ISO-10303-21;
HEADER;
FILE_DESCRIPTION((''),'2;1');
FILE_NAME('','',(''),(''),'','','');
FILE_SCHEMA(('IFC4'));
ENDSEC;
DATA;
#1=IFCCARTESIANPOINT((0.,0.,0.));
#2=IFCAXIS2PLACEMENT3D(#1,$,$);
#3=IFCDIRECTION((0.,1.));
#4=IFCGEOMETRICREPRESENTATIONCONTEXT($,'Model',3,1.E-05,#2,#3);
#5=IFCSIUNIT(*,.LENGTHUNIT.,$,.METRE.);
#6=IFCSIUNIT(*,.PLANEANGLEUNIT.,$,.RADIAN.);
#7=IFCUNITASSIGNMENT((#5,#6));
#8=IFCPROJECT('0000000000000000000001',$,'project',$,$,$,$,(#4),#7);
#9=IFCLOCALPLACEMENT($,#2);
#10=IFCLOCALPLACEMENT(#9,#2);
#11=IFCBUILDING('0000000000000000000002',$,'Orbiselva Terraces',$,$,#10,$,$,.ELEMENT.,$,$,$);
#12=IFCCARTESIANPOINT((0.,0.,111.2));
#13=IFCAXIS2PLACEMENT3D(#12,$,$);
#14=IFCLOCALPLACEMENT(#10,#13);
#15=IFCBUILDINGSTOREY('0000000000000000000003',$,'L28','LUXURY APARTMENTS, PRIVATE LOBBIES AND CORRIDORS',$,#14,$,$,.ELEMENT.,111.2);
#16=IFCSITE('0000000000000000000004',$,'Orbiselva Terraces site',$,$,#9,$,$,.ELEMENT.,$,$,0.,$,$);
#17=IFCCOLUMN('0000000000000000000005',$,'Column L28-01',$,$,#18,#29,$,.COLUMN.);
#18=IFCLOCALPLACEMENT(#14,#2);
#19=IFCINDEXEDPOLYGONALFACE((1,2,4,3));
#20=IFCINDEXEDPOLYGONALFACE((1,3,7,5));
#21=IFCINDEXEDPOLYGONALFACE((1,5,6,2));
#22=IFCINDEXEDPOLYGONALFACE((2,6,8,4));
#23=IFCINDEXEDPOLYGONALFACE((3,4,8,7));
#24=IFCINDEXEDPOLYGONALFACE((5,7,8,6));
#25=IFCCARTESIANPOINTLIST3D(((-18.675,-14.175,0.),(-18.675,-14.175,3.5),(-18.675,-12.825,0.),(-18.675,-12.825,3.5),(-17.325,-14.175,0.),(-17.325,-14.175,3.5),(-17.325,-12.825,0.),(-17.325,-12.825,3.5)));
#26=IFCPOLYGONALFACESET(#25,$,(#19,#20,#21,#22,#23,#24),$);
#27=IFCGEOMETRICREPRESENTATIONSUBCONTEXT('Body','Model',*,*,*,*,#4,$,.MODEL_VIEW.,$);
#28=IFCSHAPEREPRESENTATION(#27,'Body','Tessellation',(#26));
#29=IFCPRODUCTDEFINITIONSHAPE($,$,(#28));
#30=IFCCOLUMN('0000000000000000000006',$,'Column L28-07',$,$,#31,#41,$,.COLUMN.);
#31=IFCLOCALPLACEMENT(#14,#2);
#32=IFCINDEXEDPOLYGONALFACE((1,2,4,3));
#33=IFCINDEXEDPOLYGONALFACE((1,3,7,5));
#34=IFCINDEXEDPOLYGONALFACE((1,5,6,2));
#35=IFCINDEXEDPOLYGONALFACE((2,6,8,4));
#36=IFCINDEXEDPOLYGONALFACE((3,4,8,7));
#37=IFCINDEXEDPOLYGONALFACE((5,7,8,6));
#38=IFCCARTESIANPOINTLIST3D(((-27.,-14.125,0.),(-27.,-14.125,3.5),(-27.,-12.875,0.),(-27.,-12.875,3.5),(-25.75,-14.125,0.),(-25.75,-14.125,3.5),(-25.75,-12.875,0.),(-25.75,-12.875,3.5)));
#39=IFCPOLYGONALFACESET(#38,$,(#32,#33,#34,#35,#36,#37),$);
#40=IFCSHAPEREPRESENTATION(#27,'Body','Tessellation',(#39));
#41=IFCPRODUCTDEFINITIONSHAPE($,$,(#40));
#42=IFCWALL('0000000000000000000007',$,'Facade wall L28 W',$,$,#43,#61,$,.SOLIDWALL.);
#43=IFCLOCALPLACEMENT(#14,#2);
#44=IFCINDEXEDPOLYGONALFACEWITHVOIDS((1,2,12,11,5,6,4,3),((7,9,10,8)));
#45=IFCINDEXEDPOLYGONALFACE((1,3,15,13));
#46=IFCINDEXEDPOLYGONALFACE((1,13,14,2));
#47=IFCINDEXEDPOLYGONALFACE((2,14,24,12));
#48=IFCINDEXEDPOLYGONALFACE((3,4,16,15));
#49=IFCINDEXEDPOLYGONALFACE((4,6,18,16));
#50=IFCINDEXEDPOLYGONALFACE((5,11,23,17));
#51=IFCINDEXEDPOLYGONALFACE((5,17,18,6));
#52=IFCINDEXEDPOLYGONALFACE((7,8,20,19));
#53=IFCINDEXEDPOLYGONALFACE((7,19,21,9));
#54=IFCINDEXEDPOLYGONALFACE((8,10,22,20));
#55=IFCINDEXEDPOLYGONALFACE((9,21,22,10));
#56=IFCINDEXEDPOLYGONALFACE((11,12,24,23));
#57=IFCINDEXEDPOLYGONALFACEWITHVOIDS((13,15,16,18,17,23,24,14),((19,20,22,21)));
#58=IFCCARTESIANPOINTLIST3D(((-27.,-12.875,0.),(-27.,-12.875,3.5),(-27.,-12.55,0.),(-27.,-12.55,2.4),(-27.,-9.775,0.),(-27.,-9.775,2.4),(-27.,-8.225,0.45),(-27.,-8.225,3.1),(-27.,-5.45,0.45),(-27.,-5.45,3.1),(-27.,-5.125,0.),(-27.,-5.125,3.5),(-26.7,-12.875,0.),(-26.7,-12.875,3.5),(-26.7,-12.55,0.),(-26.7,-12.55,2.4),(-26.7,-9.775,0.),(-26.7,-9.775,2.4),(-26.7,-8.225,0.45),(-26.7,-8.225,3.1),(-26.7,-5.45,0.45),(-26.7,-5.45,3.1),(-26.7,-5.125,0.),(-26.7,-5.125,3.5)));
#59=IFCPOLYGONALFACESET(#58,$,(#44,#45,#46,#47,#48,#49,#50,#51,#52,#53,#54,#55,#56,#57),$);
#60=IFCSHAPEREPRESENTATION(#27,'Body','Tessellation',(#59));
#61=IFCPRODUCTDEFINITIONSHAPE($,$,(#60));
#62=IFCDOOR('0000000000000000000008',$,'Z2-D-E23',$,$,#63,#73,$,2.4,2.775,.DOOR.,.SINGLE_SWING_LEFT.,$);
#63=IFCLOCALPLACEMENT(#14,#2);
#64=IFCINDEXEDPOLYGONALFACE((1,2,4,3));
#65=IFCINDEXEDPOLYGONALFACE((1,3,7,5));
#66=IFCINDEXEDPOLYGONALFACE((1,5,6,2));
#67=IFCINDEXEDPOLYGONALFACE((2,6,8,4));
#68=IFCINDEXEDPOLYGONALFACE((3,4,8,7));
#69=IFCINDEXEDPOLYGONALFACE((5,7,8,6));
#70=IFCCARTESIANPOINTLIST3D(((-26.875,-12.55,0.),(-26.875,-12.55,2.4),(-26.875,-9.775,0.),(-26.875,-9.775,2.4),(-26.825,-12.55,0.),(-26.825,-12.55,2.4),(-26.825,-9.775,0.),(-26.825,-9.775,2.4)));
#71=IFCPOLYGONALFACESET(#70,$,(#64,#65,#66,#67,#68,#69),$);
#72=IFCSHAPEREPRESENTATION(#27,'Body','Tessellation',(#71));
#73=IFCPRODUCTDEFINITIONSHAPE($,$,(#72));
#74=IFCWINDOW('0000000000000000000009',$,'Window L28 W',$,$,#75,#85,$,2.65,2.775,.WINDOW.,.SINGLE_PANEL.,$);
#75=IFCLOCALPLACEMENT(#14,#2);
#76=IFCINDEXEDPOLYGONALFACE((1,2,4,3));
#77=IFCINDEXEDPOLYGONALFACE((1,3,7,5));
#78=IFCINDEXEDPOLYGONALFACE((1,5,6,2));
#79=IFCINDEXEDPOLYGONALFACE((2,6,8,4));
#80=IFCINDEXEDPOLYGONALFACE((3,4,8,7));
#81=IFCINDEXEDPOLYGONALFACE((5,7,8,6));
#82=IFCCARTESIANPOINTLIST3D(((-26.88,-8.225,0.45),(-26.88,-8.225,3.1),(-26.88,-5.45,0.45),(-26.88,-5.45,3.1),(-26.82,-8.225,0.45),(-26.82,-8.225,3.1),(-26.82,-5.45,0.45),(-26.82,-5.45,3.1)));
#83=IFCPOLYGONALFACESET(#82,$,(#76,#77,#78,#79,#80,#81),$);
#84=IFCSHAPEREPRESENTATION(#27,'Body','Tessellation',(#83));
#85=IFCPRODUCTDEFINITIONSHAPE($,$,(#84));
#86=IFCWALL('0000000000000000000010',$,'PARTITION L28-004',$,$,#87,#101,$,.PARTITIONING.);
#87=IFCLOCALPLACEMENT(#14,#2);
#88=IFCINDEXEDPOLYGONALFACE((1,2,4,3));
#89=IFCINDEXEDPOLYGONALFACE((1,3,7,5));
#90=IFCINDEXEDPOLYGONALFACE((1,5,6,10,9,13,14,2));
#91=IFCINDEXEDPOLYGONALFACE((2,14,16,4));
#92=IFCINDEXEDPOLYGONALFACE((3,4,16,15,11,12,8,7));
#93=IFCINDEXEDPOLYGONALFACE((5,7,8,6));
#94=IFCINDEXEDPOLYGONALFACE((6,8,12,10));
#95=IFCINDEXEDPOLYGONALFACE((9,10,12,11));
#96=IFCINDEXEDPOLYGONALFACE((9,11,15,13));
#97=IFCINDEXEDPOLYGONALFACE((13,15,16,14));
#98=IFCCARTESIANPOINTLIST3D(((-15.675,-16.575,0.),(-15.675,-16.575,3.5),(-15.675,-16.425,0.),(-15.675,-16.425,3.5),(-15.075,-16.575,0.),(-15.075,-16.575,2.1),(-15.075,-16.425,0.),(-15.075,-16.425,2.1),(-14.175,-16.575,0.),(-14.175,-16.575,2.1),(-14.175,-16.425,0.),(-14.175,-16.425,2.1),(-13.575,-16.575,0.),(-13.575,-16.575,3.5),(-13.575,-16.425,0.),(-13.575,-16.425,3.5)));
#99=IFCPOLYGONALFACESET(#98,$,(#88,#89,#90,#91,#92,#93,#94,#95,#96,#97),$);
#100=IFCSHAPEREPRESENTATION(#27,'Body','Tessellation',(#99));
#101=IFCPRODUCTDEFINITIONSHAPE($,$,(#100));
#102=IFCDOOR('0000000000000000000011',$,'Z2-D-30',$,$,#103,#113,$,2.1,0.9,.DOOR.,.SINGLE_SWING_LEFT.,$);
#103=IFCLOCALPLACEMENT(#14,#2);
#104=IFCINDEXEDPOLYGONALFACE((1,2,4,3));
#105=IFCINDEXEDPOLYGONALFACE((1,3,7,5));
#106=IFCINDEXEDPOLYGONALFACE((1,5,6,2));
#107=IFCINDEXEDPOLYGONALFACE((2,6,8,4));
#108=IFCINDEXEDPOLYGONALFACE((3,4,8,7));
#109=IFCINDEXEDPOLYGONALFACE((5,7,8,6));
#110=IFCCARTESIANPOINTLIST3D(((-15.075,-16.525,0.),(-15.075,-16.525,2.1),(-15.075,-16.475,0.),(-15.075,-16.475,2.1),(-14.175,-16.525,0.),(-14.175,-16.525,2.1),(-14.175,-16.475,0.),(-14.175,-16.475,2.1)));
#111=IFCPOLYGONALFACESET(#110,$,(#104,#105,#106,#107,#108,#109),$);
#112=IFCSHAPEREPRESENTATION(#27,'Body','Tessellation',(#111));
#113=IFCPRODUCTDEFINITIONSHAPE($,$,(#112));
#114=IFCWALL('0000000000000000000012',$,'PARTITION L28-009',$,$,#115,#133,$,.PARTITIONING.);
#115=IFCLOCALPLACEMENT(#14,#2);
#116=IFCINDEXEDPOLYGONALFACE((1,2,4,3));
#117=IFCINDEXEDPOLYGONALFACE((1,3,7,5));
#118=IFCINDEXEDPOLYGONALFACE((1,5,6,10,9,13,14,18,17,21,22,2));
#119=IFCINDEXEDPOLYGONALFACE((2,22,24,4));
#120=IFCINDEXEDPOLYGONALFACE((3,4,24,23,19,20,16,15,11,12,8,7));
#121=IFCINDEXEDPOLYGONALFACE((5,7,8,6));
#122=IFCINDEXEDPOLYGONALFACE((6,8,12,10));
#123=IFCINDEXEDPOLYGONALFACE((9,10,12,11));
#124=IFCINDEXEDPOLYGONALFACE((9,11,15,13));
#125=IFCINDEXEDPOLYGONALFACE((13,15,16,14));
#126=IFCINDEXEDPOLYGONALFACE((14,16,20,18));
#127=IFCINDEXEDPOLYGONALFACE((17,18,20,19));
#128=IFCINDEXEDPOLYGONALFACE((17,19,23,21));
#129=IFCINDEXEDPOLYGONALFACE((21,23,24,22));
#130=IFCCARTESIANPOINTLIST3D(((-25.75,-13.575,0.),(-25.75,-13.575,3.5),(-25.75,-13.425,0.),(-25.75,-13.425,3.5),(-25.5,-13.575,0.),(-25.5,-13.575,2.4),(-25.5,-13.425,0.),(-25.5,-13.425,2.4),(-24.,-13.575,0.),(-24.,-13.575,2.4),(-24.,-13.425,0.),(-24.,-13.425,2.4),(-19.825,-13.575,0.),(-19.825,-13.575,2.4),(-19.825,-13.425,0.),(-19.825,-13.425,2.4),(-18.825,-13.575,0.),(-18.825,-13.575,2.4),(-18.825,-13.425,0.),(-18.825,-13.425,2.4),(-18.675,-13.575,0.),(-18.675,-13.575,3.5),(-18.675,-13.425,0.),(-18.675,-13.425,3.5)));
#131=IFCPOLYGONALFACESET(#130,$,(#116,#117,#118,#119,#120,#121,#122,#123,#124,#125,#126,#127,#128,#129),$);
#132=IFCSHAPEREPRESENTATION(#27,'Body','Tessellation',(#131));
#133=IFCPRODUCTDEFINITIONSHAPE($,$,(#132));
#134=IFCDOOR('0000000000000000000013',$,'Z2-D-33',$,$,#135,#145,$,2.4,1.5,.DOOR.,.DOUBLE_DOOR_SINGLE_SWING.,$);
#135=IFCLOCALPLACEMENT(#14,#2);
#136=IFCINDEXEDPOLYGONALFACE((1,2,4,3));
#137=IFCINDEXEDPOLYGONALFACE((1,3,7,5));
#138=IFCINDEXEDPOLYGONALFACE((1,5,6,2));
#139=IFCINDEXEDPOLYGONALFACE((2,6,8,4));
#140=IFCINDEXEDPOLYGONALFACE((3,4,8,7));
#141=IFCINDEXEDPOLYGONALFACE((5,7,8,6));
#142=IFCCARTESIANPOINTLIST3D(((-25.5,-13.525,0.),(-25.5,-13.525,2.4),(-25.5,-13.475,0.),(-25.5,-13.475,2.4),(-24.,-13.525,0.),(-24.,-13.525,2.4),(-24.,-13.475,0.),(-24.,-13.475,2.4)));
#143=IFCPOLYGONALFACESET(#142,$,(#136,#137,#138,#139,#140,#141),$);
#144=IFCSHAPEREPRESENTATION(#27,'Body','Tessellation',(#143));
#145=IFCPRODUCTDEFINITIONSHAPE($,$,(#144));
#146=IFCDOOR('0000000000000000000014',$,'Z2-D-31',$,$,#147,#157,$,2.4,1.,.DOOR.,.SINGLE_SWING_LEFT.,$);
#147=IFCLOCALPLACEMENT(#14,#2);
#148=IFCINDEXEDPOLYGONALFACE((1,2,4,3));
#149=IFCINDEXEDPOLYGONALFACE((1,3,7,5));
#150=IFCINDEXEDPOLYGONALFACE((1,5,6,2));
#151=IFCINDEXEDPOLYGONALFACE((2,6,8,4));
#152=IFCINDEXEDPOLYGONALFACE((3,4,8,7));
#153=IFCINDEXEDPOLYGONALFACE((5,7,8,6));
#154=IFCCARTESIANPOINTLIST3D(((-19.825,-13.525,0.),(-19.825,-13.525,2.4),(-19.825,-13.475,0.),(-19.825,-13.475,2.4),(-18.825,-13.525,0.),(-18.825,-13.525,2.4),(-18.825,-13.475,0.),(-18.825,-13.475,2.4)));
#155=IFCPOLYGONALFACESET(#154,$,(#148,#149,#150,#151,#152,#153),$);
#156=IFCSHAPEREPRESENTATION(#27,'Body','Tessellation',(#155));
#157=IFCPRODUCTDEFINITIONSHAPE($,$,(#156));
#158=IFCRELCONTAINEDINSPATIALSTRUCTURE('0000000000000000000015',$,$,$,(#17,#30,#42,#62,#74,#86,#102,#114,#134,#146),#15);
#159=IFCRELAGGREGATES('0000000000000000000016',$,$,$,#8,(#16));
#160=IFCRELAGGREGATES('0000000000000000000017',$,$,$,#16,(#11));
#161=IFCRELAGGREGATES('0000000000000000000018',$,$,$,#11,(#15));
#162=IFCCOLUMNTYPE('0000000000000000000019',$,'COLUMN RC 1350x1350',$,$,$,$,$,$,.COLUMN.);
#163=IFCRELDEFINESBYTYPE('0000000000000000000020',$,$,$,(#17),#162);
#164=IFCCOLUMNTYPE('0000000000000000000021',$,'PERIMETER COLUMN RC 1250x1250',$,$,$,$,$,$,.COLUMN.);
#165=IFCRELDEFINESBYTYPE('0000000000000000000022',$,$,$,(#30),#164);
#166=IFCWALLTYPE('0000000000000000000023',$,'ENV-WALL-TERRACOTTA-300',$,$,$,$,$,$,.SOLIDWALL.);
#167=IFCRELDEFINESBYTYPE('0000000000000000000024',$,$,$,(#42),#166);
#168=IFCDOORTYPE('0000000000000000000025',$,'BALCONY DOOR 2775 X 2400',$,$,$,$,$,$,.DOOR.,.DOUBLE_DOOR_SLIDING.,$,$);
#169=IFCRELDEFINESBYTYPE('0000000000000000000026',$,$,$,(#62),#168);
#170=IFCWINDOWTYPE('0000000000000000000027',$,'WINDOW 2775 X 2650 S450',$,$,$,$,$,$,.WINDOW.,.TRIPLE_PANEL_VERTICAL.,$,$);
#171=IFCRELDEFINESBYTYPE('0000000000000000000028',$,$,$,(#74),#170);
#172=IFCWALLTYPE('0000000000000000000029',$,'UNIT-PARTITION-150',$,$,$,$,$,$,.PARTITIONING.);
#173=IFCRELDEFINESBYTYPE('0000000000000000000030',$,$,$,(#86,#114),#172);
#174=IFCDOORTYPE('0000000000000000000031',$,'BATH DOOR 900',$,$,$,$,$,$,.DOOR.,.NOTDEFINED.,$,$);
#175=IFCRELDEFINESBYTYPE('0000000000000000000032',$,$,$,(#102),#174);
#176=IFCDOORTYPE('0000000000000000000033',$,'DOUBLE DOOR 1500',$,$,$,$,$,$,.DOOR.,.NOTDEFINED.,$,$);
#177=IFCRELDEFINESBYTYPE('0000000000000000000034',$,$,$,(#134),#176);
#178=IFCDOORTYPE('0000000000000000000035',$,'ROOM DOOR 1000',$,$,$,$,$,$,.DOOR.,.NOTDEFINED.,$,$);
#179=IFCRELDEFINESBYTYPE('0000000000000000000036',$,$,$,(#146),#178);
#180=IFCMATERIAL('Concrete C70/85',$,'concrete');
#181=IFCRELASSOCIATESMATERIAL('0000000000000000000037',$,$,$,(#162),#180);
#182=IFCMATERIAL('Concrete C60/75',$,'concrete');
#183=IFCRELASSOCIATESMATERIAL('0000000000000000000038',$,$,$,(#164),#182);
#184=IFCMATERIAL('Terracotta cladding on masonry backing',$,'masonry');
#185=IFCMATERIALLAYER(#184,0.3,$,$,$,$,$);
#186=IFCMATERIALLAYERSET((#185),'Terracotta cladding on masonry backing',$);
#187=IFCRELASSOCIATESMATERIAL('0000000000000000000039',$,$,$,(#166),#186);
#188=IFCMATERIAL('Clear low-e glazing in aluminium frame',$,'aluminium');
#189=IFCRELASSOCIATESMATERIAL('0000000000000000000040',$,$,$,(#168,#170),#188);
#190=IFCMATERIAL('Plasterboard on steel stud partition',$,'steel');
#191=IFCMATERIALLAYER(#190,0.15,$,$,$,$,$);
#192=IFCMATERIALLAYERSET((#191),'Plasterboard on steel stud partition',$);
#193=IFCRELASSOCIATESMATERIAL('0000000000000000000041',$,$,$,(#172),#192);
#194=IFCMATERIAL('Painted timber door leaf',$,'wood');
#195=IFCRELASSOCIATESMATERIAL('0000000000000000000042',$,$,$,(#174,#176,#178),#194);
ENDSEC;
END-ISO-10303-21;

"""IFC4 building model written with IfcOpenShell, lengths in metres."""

from ifc_helpers import new_model, si_unit, direction, frame, frame_2d, origin, origin_2d, place, context, subcontext, project, spatial, rectangle, extrude, material, layer, layer_set, material_profile, profile_set, type_object, element, fill, save


model = new_model("IFC4")

# Units and contexts
model_context = context("Model", 3, precision=1e-05, world=origin(), true_north=direction((0.0, 1.0)))
body_context = subcontext(model_context, "Body", "Model", "MODEL_VIEW")
ifc_project = project(units=[si_unit("LENGTHUNIT", "METRE"), si_unit("PLANEANGLEUNIT", "RADIAN")], contexts=[model_context])

# Site, building, storey
site_placement = place(None, origin())
site = spatial("IfcSite", under=ifc_project, at=site_placement, Name="Orbiselva Terraces site", CompositionType="ELEMENT", RefElevation=0.0)
building_placement = place(site_placement, origin())
building = spatial("IfcBuilding", under=site, at=building_placement, Name="Orbiselva Terraces", CompositionType="ELEMENT")
storey_placement = place(building_placement, frame((0.0, 0.0, 111.2)))
storey = spatial("IfcBuildingStorey", under=building, at=storey_placement, Name="L28", Description="LUXURY APARTMENTS, PRIVATE LOBBIES AND CORRIDORS", CompositionType="ELEMENT", Elevation=111.2)

# Columns
ifc_material_1 = material(Name="Concrete C70/85", Category="concrete")
ifc_material_profile_1 = material_profile(ifc_material_1, rectangle(XDim=1.35, YDim=1.35, at=origin_2d()), Name="RC 1350x1350")
ifc_profile_set_1 = profile_set([ifc_material_profile_1], Name="Concrete C70/85")
column_type_1 = type_object("IfcColumnType", Name="COLUMN RC 1350x1350", PredefinedType="COLUMN", material=ifc_profile_set_1)
column_1_placement = place(storey_placement, frame((-18.0, -13.5, 0.0), z_axis=(0.0, 0.0, 1.0), x_axis=(1.0, 0.0, 0.0)))
element("IfcColumn", 1, at=column_1_placement, inside=storey, type_object=column_type_1, Name="Column L28-01", PredefinedType="COLUMN", context=body_context, shape_type="SweptSolid", body=[
    extrude(rectangle(XDim=1.35, YDim=1.35, at=origin_2d()), origin(), (0.0, 0.0, 1.0), 3.5),
])
ifc_material_2 = material(Name="Concrete C60/75", Category="concrete")
ifc_material_profile_2 = material_profile(ifc_material_2, rectangle(XDim=1.25, YDim=1.25, at=origin_2d()), Name="RC 1250x1250")
ifc_profile_set_2 = profile_set([ifc_material_profile_2], Name="Concrete C60/75")
column_type_2 = type_object("IfcColumnType", Name="PERIMETER COLUMN RC 1250x1250", PredefinedType="COLUMN", material=ifc_profile_set_2)
column_2_placement = place(storey_placement, frame((-26.375, -13.5, 0.0), z_axis=(0.0, 0.0, 1.0), x_axis=(1.0, 0.0, 0.0)))
element("IfcColumn", 2, at=column_2_placement, inside=storey, type_object=column_type_2, Name="Column L28-07", PredefinedType="COLUMN", context=body_context, shape_type="SweptSolid", body=[
    extrude(rectangle(XDim=1.25, YDim=1.25, at=origin_2d()), origin(), (0.0, 0.0, 1.0), 3.5),
])

# Wall, openings, door, window
ifc_material_3 = material(Name="Terracotta cladding on masonry backing", Category="masonry")
ifc_layer_1 = layer(ifc_material_3, 0.3)
ifc_layer_set_1 = layer_set([ifc_layer_1], Name="Terracotta cladding on masonry backing")
wall_type_1 = type_object("IfcWallType", Name="ENV-WALL-TERRACOTTA-300", PredefinedType="SOLIDWALL", material=ifc_layer_set_1)
wall_1_placement = place(storey_placement, frame((-26.85, -12.875, 0.0), z_axis=(0.0, 0.0, 1.0), x_axis=(0.0, 1.0, 0.0)))
wall_1 = element("IfcWall", 3, at=wall_1_placement, inside=storey, type_object=wall_type_1, Name="Facade wall L28 W", PredefinedType="SOLIDWALL", context=body_context, shape_type="SweptSolid", body=[
    extrude(rectangle(XDim=7.75, YDim=0.3, at=frame_2d((3.875, 0.0))), origin(), (0.0, 0.0, 1.0), 3.5),
])
opening_1_placement = place(wall_1_placement, frame((4.65, 0.0, 0.45)))
opening_1 = element("IfcOpeningElement", 4, at=opening_1_placement, cuts=wall_1, PredefinedType="OPENING", context=body_context, shape_type="SweptSolid", body=[
    extrude(rectangle(XDim=2.775, YDim=2.65, at=frame_2d((1.3875, 1.325))), frame((0.0, 0.16, 0.0), z_axis=(0.0, -1.0, 0.0), x_axis=(1.0, 0.0, 0.0)), (0.0, 0.0, 1.0), 0.32),
])
opening_2_placement = place(wall_1_placement, frame((0.325, 0.0, 0.0)))
opening_2 = element("IfcOpeningElement", 5, at=opening_2_placement, cuts=wall_1, PredefinedType="OPENING", context=body_context, shape_type="SweptSolid", body=[
    extrude(rectangle(XDim=2.775, YDim=2.4, at=frame_2d((1.3875, 1.2))), frame((0.0, 0.16, 0.0), z_axis=(0.0, -1.0, 0.0), x_axis=(1.0, 0.0, 0.0)), (0.0, 0.0, 1.0), 0.32),
])
ifc_material_4 = material(Name="Clear low-e glazing in aluminium frame", Category="aluminium")
door_type_1 = type_object("IfcDoorType", Name="BALCONY DOOR 2775 X 2400", OperationType="DOUBLE_DOOR_SLIDING", PredefinedType="DOOR", material=ifc_material_4)
door_1_placement = place(opening_2_placement, origin())
door_1 = element("IfcDoor", 6, at=door_1_placement, inside=storey, type_object=door_type_1, Name="Z2-D-E23", OperationType="SINGLE_SWING_LEFT", OverallHeight=2.4, OverallWidth=2.775, PredefinedType="DOOR", context=body_context, shape_type="SweptSolid", body=[
    extrude(rectangle(XDim=2.775, YDim=2.4, at=frame_2d((1.3875, 1.2))), frame((0.0, 0.025, 0.0), z_axis=(0.0, -1.0, 0.0), x_axis=(1.0, 0.0, 0.0)), (0.0, 0.0, 1.0), 0.05),
])
fill(opening_2, door_1)
window_type = type_object("IfcWindowType", Name="WINDOW 2775 X 2650 S450", PartitioningType="TRIPLE_PANEL_VERTICAL", PredefinedType="WINDOW", material=ifc_material_4)
window_placement = place(opening_1_placement, origin())
window = element("IfcWindow", 7, at=window_placement, inside=storey, type_object=window_type, Name="Window L28 W", OverallHeight=2.65, OverallWidth=2.775, PartitioningType="SINGLE_PANEL", PredefinedType="WINDOW", context=body_context, shape_type="SweptSolid", body=[
    extrude(rectangle(XDim=2.775, YDim=2.65, at=frame_2d((1.3875, 1.325))), frame((0.0, 0.03, 0.0), z_axis=(0.0, -1.0, 0.0), x_axis=(1.0, 0.0, 0.0)), (0.0, 0.0, 1.0), 0.06),
])
fill(opening_1, window)

# Wall, opening, door
ifc_material_5 = material(Name="Plasterboard on steel stud partition", Category="steel")
ifc_layer_2 = layer(ifc_material_5, 0.15)
ifc_layer_set_2 = layer_set([ifc_layer_2], Name="Plasterboard on steel stud partition")
wall_type_2 = type_object("IfcWallType", Name="UNIT-PARTITION-150", PredefinedType="PARTITIONING", material=ifc_layer_set_2)
wall_2_placement = place(storey_placement, frame((-15.675, -16.5, 0.0), z_axis=(0.0, 0.0, 1.0), x_axis=(1.0, 0.0, 0.0)))
wall_2 = element("IfcWall", 8, at=wall_2_placement, inside=storey, type_object=wall_type_2, Name="PARTITION L28-004", PredefinedType="PARTITIONING", context=body_context, shape_type="SweptSolid", body=[
    extrude(rectangle(XDim=2.1, YDim=0.15, at=frame_2d((1.05, 0.0))), origin(), (0.0, 0.0, 1.0), 3.5),
])
opening_3_placement = place(wall_2_placement, frame((0.6, 0.0, 0.0)))
opening_3 = element("IfcOpeningElement", 9, at=opening_3_placement, cuts=wall_2, PredefinedType="OPENING", context=body_context, shape_type="SweptSolid", body=[
    extrude(rectangle(XDim=0.9, YDim=2.1, at=frame_2d((0.45, 1.05))), frame((0.0, 0.085, 0.0), z_axis=(0.0, -1.0, 0.0), x_axis=(1.0, 0.0, 0.0)), (0.0, 0.0, 1.0), 0.17),
])
ifc_material_6 = material(Name="Painted timber door leaf", Category="wood")
door_type_2 = type_object("IfcDoorType", Name="BATH DOOR 900", OperationType="NOTDEFINED", PredefinedType="DOOR", material=ifc_material_6)
door_2_placement = place(opening_3_placement, origin())
door_2 = element("IfcDoor", 10, at=door_2_placement, inside=storey, type_object=door_type_2, Name="Z2-D-30", OperationType="SINGLE_SWING_LEFT", OverallHeight=2.1, OverallWidth=0.9, PredefinedType="DOOR", context=body_context, shape_type="SweptSolid", body=[
    extrude(rectangle(XDim=0.9, YDim=2.1, at=frame_2d((0.45, 1.05))), frame((0.0, 0.025, 0.0), z_axis=(0.0, -1.0, 0.0), x_axis=(1.0, 0.0, 0.0)), (0.0, 0.0, 1.0), 0.05),
])
fill(opening_3, door_2)

# Wall, openings, doors
wall_3_placement = place(storey_placement, frame((-18.675, -13.5, 0.0), z_axis=(0.0, 0.0, 1.0), x_axis=(-1.0, 0.0, 0.0)))
wall_3 = element("IfcWall", 11, at=wall_3_placement, inside=storey, type_object=wall_type_2, Name="PARTITION L28-009", PredefinedType="PARTITIONING", context=body_context, shape_type="SweptSolid", body=[
    extrude(rectangle(XDim=7.075, YDim=0.15, at=frame_2d((3.5375, 0.0))), origin(), (0.0, 0.0, 1.0), 3.5),
])
opening_4_placement = place(wall_3_placement, frame((0.15, 0.0, 0.0)))
opening_4 = element("IfcOpeningElement", 12, at=opening_4_placement, cuts=wall_3, PredefinedType="OPENING", context=body_context, shape_type="SweptSolid", body=[
    extrude(rectangle(XDim=1.0, YDim=2.4, at=frame_2d((0.5, 1.2))), frame((0.0, 0.085, 0.0), z_axis=(0.0, -1.0, 0.0), x_axis=(1.0, 0.0, 0.0)), (0.0, 0.0, 1.0), 0.17),
])
opening_5_placement = place(wall_3_placement, frame((5.325, 0.0, 0.0)))
opening_5 = element("IfcOpeningElement", 13, at=opening_5_placement, cuts=wall_3, PredefinedType="OPENING", context=body_context, shape_type="SweptSolid", body=[
    extrude(rectangle(XDim=1.5, YDim=2.4, at=frame_2d((0.75, 1.2))), frame((0.0, 0.085, 0.0), z_axis=(0.0, -1.0, 0.0), x_axis=(1.0, 0.0, 0.0)), (0.0, 0.0, 1.0), 0.17),
])
door_type_3 = type_object("IfcDoorType", Name="DOUBLE DOOR 1500", OperationType="NOTDEFINED", PredefinedType="DOOR", material=ifc_material_6)
door_3_placement = place(opening_5_placement, origin())
door_3 = element("IfcDoor", 14, at=door_3_placement, inside=storey, type_object=door_type_3, Name="Z2-D-33", OperationType="DOUBLE_DOOR_SINGLE_SWING", OverallHeight=2.4, OverallWidth=1.5, PredefinedType="DOOR", context=body_context, shape_type="SweptSolid", body=[
    extrude(rectangle(XDim=1.5, YDim=2.4, at=frame_2d((0.75, 1.2))), frame((0.0, 0.025, 0.0), z_axis=(0.0, -1.0, 0.0), x_axis=(1.0, 0.0, 0.0)), (0.0, 0.0, 1.0), 0.05),
])
fill(opening_5, door_3)
door_type_4 = type_object("IfcDoorType", Name="ROOM DOOR 1000", OperationType="NOTDEFINED", PredefinedType="DOOR", material=ifc_material_6)
door_4_placement = place(opening_4_placement, origin())
door_4 = element("IfcDoor", 15, at=door_4_placement, inside=storey, type_object=door_type_4, Name="Z2-D-31", OperationType="SINGLE_SWING_LEFT", OverallHeight=2.4, OverallWidth=1.0, PredefinedType="DOOR", context=body_context, shape_type="SweptSolid", body=[
    extrude(rectangle(XDim=1.0, YDim=2.4, at=frame_2d((0.5, 1.2))), frame((0.0, 0.025, 0.0), z_axis=(0.0, -1.0, 0.0), x_axis=(1.0, 0.0, 0.0)), (0.0, 0.0, 1.0), 0.05),
])
fill(opening_4, door_4)

save(model, "model.ifc")
